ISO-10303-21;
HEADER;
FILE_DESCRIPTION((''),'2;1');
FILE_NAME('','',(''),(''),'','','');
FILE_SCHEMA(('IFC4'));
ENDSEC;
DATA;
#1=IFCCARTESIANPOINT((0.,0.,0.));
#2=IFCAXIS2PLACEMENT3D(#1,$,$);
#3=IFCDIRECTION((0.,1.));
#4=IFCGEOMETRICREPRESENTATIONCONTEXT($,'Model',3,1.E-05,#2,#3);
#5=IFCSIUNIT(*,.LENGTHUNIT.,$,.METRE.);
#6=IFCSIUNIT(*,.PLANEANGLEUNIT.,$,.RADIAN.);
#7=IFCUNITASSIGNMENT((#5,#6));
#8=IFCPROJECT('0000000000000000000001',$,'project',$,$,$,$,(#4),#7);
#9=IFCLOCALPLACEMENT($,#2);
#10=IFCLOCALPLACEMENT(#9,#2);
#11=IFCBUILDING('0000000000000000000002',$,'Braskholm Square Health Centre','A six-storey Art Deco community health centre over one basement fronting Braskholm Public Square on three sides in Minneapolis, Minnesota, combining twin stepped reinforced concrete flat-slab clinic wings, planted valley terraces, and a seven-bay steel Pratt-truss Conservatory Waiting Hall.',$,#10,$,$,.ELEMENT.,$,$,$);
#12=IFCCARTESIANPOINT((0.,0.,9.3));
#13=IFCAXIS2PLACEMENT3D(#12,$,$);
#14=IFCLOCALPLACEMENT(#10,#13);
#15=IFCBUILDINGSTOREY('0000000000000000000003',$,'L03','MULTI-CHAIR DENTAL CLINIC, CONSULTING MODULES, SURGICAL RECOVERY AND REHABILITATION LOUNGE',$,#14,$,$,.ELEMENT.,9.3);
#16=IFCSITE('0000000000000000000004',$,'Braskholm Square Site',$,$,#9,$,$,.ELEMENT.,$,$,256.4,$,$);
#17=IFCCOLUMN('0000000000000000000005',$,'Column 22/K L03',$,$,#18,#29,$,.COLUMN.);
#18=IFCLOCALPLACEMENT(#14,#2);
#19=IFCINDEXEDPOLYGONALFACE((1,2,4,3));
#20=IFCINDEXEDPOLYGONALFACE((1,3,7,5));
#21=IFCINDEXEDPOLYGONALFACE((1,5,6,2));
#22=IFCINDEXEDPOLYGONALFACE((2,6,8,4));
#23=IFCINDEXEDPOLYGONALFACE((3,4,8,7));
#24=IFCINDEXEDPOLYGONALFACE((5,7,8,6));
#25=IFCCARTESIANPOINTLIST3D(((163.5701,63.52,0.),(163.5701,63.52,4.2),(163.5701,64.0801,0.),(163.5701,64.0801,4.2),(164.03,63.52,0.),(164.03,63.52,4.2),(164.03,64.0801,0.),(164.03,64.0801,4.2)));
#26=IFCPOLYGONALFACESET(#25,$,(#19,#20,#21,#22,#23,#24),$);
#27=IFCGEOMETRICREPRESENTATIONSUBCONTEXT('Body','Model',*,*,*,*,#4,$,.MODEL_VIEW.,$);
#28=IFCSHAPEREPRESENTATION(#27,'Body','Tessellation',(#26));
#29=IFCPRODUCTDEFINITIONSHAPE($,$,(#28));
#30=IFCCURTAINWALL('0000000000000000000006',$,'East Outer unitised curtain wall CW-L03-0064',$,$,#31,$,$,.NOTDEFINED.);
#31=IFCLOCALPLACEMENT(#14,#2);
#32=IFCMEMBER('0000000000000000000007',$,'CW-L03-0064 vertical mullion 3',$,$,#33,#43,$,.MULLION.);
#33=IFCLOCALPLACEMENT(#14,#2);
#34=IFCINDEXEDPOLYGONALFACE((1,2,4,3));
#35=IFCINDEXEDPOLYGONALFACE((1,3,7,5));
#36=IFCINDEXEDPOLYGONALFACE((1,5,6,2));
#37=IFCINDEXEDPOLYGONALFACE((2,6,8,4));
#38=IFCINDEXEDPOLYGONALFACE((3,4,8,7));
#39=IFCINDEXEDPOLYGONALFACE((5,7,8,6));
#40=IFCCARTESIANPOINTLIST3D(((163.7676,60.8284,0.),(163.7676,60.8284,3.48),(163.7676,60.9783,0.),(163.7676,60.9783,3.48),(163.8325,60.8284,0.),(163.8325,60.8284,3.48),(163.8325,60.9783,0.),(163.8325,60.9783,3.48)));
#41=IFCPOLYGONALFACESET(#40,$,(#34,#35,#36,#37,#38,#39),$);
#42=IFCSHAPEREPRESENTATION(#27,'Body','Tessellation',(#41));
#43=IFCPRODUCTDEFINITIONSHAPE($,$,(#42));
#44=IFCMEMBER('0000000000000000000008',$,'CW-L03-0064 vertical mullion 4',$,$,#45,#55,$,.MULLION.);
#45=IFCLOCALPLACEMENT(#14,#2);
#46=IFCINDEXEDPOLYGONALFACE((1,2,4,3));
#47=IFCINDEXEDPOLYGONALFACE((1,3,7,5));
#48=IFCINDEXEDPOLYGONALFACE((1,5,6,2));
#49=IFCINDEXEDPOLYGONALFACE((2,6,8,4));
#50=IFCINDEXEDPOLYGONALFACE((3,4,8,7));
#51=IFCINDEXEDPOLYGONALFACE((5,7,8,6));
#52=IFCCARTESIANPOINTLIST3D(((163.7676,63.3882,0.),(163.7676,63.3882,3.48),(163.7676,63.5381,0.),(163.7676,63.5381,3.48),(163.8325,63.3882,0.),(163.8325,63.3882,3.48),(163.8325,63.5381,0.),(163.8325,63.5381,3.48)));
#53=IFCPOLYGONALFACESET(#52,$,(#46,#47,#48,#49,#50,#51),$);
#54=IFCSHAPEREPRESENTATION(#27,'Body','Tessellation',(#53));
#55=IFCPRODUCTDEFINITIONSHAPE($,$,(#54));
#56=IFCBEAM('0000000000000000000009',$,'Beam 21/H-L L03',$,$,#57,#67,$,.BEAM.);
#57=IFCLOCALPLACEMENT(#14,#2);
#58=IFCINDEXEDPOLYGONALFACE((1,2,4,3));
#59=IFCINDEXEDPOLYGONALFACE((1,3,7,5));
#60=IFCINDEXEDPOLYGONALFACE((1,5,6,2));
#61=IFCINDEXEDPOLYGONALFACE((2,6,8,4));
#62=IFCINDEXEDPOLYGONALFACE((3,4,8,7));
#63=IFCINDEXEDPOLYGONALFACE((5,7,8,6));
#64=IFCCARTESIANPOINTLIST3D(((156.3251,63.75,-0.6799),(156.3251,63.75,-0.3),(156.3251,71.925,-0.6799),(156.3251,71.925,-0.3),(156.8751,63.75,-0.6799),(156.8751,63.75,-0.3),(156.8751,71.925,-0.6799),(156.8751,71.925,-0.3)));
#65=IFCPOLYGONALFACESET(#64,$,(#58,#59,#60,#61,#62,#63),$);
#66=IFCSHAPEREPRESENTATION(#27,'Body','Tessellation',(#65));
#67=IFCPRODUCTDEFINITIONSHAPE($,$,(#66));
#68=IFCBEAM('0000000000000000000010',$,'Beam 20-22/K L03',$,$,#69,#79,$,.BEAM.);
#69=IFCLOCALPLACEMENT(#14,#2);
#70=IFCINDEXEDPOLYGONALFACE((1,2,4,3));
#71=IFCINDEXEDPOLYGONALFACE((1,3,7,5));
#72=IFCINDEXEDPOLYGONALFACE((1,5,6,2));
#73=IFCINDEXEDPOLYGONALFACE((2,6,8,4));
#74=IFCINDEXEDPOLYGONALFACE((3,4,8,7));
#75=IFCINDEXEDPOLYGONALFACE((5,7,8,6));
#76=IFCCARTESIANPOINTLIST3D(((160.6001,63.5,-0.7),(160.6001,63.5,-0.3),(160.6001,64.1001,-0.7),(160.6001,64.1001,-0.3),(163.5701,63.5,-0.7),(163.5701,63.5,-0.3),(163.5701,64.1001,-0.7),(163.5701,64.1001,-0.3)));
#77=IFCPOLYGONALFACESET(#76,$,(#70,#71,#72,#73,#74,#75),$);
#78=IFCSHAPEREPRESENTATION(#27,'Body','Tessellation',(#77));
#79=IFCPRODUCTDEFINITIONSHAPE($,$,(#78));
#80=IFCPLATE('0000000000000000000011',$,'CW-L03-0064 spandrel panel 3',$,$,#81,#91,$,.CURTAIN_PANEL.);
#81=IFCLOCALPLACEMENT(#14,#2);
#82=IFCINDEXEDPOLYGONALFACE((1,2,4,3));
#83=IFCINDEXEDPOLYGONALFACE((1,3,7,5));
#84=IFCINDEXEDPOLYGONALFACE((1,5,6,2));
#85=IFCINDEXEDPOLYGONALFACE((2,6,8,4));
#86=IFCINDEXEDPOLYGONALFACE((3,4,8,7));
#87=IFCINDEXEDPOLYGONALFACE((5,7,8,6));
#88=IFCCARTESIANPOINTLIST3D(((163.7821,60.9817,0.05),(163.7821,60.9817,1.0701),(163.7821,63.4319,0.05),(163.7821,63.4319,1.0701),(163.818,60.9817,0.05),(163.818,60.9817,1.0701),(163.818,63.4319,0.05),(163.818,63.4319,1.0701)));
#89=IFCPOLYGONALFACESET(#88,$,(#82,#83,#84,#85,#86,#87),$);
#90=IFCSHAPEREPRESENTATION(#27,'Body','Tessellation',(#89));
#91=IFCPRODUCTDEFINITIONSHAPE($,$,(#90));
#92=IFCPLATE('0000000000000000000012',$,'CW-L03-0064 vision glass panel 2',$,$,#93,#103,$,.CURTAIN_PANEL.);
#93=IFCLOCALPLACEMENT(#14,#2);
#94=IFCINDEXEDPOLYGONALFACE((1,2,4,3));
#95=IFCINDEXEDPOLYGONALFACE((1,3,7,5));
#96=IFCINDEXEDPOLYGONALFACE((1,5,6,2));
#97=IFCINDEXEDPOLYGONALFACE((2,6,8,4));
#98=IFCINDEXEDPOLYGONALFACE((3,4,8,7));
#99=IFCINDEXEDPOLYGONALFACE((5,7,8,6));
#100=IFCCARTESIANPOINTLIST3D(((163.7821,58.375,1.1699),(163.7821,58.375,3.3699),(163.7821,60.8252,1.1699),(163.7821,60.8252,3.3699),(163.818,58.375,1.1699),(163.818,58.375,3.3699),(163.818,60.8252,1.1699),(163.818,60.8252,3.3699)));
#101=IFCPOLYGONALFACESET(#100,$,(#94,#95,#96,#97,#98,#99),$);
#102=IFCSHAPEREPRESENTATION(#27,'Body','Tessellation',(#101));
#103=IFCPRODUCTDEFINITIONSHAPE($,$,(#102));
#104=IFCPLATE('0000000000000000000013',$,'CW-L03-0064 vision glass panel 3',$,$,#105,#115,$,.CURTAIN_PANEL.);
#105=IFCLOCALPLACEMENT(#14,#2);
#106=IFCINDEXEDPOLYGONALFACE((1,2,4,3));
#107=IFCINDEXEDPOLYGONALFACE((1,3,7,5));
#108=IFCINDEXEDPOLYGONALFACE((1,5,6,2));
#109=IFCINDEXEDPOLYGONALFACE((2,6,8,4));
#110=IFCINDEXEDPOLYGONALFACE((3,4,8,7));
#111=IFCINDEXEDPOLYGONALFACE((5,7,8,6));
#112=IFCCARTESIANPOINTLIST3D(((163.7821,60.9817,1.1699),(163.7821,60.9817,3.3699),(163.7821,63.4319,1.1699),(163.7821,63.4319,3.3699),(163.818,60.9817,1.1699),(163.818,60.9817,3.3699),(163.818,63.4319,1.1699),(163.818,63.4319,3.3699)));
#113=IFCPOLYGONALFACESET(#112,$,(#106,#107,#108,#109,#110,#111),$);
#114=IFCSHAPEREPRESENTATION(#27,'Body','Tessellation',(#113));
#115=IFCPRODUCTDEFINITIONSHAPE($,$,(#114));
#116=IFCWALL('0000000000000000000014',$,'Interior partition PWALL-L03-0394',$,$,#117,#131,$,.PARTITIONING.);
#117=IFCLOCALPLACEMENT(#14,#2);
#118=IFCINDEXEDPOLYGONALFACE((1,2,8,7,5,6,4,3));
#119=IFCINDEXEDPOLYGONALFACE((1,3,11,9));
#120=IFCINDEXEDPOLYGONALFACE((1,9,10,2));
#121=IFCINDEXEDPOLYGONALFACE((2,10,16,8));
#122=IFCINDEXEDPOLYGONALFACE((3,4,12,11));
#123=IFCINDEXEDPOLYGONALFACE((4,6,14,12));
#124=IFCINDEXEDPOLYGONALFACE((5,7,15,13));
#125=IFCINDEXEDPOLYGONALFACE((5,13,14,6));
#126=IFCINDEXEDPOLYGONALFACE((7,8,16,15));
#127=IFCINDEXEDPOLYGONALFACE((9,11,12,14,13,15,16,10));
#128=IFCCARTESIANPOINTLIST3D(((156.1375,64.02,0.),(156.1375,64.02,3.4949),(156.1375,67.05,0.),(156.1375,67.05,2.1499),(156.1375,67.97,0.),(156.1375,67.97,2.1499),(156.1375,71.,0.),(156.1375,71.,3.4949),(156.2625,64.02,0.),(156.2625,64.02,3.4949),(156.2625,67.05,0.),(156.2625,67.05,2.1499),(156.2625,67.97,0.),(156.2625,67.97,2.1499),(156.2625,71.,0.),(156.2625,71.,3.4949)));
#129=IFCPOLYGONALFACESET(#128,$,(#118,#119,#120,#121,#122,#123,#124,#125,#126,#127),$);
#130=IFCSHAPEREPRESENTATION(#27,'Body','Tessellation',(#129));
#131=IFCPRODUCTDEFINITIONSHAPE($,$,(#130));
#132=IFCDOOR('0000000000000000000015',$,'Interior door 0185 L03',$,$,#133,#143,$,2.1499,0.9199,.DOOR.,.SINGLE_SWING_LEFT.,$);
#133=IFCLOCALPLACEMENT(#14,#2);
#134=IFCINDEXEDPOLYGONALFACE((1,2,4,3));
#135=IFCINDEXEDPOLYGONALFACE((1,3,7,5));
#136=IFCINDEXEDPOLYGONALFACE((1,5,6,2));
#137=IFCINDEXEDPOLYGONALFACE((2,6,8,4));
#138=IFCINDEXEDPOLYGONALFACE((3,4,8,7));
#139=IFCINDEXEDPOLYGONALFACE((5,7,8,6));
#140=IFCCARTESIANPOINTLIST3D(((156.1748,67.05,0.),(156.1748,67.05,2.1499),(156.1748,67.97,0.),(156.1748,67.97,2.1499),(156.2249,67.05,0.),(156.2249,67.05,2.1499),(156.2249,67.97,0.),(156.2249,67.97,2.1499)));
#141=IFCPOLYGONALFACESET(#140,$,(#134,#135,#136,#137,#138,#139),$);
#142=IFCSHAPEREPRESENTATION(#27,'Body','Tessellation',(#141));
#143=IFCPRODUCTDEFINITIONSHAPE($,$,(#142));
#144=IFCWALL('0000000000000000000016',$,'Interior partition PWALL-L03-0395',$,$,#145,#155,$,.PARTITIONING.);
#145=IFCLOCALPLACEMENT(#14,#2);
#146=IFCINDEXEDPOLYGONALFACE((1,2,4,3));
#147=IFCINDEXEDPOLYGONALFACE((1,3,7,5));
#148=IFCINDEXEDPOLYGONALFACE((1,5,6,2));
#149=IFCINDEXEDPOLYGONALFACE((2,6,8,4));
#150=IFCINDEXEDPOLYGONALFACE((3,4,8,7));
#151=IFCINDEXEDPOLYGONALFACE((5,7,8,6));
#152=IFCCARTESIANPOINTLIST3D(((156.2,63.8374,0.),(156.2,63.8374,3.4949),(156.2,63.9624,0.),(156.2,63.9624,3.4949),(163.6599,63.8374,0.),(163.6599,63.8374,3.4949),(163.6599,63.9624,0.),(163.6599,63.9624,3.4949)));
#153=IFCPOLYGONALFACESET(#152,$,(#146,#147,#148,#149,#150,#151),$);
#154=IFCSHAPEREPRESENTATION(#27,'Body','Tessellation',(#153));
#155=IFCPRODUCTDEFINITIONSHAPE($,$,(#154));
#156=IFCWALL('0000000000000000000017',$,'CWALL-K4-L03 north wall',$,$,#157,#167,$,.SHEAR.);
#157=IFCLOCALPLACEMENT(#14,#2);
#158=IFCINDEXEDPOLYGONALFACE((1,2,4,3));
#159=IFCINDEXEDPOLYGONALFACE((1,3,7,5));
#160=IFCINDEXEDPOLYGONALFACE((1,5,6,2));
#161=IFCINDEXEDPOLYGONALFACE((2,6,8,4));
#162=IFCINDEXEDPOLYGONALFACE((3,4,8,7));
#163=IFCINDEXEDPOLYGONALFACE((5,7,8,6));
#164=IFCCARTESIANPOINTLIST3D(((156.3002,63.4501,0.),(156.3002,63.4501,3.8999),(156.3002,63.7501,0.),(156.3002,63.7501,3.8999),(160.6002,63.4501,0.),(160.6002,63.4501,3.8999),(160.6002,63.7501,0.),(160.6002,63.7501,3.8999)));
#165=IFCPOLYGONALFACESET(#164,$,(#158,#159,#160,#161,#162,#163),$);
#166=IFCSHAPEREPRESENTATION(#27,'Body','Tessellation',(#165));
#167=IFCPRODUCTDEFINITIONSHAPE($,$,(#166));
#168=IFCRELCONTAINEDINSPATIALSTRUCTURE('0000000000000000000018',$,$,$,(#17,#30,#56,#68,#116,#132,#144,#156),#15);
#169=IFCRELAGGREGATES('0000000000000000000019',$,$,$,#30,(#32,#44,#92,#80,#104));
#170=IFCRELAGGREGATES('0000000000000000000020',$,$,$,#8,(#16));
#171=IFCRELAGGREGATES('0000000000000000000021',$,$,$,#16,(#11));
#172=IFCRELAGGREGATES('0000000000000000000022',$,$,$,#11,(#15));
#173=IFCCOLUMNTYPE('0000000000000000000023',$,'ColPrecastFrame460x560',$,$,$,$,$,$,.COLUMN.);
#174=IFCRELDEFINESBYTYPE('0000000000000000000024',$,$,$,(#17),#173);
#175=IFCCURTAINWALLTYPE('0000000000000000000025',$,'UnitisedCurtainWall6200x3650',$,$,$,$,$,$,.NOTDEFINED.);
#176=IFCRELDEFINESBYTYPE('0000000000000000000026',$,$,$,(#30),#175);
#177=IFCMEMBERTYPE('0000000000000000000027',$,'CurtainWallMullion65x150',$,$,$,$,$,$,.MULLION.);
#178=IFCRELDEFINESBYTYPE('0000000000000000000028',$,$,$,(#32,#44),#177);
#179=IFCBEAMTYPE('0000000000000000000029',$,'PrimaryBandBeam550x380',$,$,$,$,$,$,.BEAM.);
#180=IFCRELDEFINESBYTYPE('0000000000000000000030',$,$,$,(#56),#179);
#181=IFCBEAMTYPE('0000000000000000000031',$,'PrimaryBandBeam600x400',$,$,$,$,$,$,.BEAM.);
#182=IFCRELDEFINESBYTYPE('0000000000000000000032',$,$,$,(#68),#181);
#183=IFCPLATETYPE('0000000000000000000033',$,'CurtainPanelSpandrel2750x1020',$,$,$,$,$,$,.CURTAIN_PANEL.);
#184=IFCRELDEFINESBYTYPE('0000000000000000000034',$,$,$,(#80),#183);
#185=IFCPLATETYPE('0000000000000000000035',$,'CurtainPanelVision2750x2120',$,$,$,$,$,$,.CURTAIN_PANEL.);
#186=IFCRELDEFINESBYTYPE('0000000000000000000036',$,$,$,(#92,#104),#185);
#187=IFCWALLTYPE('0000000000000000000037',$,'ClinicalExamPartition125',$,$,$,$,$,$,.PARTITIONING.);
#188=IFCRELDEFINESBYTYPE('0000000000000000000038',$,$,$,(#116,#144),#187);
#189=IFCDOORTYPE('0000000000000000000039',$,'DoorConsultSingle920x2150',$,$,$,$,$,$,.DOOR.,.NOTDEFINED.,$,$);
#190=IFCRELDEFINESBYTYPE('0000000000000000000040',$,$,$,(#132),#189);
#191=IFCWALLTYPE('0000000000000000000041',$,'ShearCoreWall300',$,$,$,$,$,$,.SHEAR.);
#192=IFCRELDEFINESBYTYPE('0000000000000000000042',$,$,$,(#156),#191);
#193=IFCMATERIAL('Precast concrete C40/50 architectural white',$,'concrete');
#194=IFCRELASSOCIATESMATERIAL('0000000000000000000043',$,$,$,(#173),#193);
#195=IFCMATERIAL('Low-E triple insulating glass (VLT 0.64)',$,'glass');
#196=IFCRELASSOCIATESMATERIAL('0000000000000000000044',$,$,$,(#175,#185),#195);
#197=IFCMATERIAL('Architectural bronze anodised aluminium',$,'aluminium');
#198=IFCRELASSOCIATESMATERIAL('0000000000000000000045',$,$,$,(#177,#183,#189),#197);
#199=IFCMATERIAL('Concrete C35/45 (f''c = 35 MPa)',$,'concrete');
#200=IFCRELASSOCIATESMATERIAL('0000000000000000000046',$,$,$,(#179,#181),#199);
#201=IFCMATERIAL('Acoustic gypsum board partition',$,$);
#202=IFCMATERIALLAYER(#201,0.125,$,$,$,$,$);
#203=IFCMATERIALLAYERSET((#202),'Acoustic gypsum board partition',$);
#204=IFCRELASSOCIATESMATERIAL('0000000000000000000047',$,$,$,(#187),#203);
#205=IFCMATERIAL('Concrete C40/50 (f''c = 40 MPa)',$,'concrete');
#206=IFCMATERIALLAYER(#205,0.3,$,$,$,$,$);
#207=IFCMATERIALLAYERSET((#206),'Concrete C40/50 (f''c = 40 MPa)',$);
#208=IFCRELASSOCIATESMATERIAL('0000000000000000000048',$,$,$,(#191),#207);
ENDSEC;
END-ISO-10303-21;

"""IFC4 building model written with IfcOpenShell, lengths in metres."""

from ifc_helpers import new_model, si_unit, direction, frame, frame_2d, origin, origin_2d, place, context, subcontext, project, spatial, rectangle, extrude, material, layer, layer_set, material_profile, profile_set, type_object, element, fill, aggregate, save


model = new_model("IFC4")

# Units and contexts
model_context = context("Model", 3, precision=1e-05, world=origin(), true_north=direction((0.0, 1.0)))
body_context = subcontext(model_context, "Body", "Model", "MODEL_VIEW")
ifc_project = project(units=[si_unit("LENGTHUNIT", "METRE"), si_unit("PLANEANGLEUNIT", "RADIAN")], contexts=[model_context])

# Site, building, storey
site_placement = place(None, origin())
site = spatial("IfcSite", under=ifc_project, at=site_placement, Name="Braskholm Square Site", CompositionType="ELEMENT", RefElevation=256.4)
building_placement = place(site_placement, origin())
building = spatial("IfcBuilding", under=site, at=building_placement, Name="Braskholm Square Health Centre", Description="A six-storey Art Deco community health centre over one basement fronting Braskholm Public Square on three sides in Minneapolis, Minnesota, combining twin stepped reinforced concrete flat-slab clinic wings, planted valley terraces, and a seven-bay steel Pratt-truss Conservatory Waiting Hall.", CompositionType="ELEMENT")
storey_placement = place(building_placement, frame((0.0, 0.0, 9.3)))
storey = spatial("IfcBuildingStorey", under=building, at=storey_placement, Name="L03", Description="MULTI-CHAIR DENTAL CLINIC, CONSULTING MODULES, SURGICAL RECOVERY AND REHABILITATION LOUNGE", CompositionType="ELEMENT", Elevation=9.3)

# Column
ifc_material_1 = material(Name="Precast concrete C40/50 architectural white", Category="concrete")
ifc_material_profile_1 = material_profile(ifc_material_1, rectangle(XDim=0.46, YDim=0.5601, at=origin_2d()), Name="RC-460X560")
ifc_profile_set_1 = profile_set([ifc_material_profile_1], Name="Precast concrete C40/50 architectural white")
column_type = type_object("IfcColumnType", Name="ColPrecastFrame460x560", PredefinedType="COLUMN", material=ifc_profile_set_1)
column_placement = place(storey_placement, frame((163.8, 63.8, 0.0), z_axis=(0.0, 0.0, 1.0), x_axis=(1.0, 0.0, 0.0)))
element("IfcColumn", 1, at=column_placement, inside=storey, type_object=column_type, Name="Column 22/K L03", PredefinedType="COLUMN", context=body_context, shape_type="SweptSolid", body=[
    extrude(rectangle(XDim=0.46, YDim=0.5601, at=origin_2d()), origin(), (0.0, 0.0, 1.0), 4.2),
])

# Curtain wall, members
ifc_material_2 = material(Name="Low-E triple insulating glass (VLT 0.64)", Category="glass")
curtain_wall_type = type_object("IfcCurtainWallType", Name="UnitisedCurtainWall6200x3650", PredefinedType="NOTDEFINED", material=ifc_material_2)
curtain_wall_placement = place(storey_placement, origin())
curtain_wall = element("IfcCurtainWall", 2, at=curtain_wall_placement, inside=storey, type_object=curtain_wall_type, Name="East Outer unitised curtain wall CW-L03-0064", PredefinedType="NOTDEFINED")
ifc_material_3 = material(Name="Architectural bronze anodised aluminium", Category="aluminium")
ifc_material_profile_2 = material_profile(ifc_material_3, rectangle(XDim=0.0649, YDim=0.1499, at=origin_2d()), Name="ALU-65X150")
ifc_profile_set_2 = profile_set([ifc_material_profile_2], Name="Architectural bronze anodised aluminium")
member_type = type_object("IfcMemberType", Name="CurtainWallMullion65x150", PredefinedType="MULLION", material=ifc_profile_set_2)
member_1_placement = place(storey_placement, frame((163.8, 60.9033, 0.0), z_axis=(0.0, 0.0, 1.0), x_axis=(1.0, 0.0, 0.0)))
member_1 = element("IfcMember", 3, at=member_1_placement, type_object=member_type, Name="CW-L03-0064 vertical mullion 3", PredefinedType="MULLION", context=body_context, shape_type="SweptSolid", body=[
    extrude(rectangle(XDim=0.0649, YDim=0.1499, at=origin_2d()), origin(), (0.0, 0.0, 1.0), 3.48),
])
member_2_placement = place(storey_placement, frame((163.8, 63.4631, 0.0), z_axis=(0.0, 0.0, 1.0), x_axis=(1.0, 0.0, 0.0)))
member_2 = element("IfcMember", 4, at=member_2_placement, type_object=member_type, Name="CW-L03-0064 vertical mullion 4", PredefinedType="MULLION", context=body_context, shape_type="SweptSolid", body=[
    extrude(rectangle(XDim=0.0649, YDim=0.1499, at=origin_2d()), origin(), (0.0, 0.0, 1.0), 3.48),
])

# Beams
ifc_material_4 = material(Name="Concrete C35/45 (f'c = 35 MPa)", Category="concrete")
ifc_material_profile_3 = material_profile(ifc_material_4, rectangle(XDim=0.55, YDim=0.3799, at=origin_2d()), Name="RCB-550X380")
ifc_profile_set_3 = profile_set([ifc_material_profile_3], Name="Concrete C35/45 (f'c = 35 MPa)")
beam_type_1 = type_object("IfcBeamType", Name="PrimaryBandBeam550x380", PredefinedType="BEAM", material=ifc_profile_set_3)
beam_1_placement = place(storey_placement, frame((156.6001, 63.75, -0.49), z_axis=(0.0, 1.0, 0.0), x_axis=(-1.0, 0.0, 0.0)))
element("IfcBeam", 5, at=beam_1_placement, inside=storey, type_object=beam_type_1, Name="Beam 21/H-L L03", PredefinedType="BEAM", context=body_context, shape_type="SweptSolid", body=[
    extrude(rectangle(XDim=0.55, YDim=0.3799, at=origin_2d()), origin(), (0.0, 0.0, 1.0), 8.175),
])
ifc_material_profile_4 = material_profile(ifc_material_4, rectangle(XDim=0.6001, YDim=0.3999, at=origin_2d()), Name="RCB-600X400")
ifc_profile_set_4 = profile_set([ifc_material_profile_4], Name="Concrete C35/45 (f'c = 35 MPa)")
beam_type_2 = type_object("IfcBeamType", Name="PrimaryBandBeam600x400", PredefinedType="BEAM", material=ifc_profile_set_4)
beam_2_placement = place(storey_placement, frame((160.6001, 63.8, -0.5), z_axis=(1.0, 0.0, 0.0), x_axis=(0.0, 1.0, 0.0)))
element("IfcBeam", 6, at=beam_2_placement, inside=storey, type_object=beam_type_2, Name="Beam 20-22/K L03", PredefinedType="BEAM", context=body_context, shape_type="SweptSolid", body=[
    extrude(rectangle(XDim=0.6001, YDim=0.3999, at=origin_2d()), origin(), (0.0, 0.0, 1.0), 2.97),
])

# Plates
plate_type_1 = type_object("IfcPlateType", Name="CurtainPanelSpandrel2750x1020", PredefinedType="CURTAIN_PANEL", material=ifc_material_3)
plate_1_placement = place(storey_placement, frame((163.8, 62.2068, 0.05), z_axis=(0.0, 0.0, 1.0), x_axis=(0.0, 1.0, 0.0)))
plate_1 = element("IfcPlate", 7, at=plate_1_placement, type_object=plate_type_1, Name="CW-L03-0064 spandrel panel 3", PredefinedType="CURTAIN_PANEL", context=body_context, shape_type="SweptSolid", body=[
    extrude(rectangle(XDim=2.4502, YDim=0.0359, at=origin_2d()), origin(), (0.0, 0.0, 1.0), 1.02),
])
plate_type_2 = type_object("IfcPlateType", Name="CurtainPanelVision2750x2120", PredefinedType="CURTAIN_PANEL", material=ifc_material_2)
plate_2_placement = place(storey_placement, frame((163.8, 59.6001, 1.1699), z_axis=(0.0, 0.0, 1.0), x_axis=(0.0, 1.0, 0.0)))
plate_2 = element("IfcPlate", 8, at=plate_2_placement, type_object=plate_type_2, Name="CW-L03-0064 vision glass panel 2", PredefinedType="CURTAIN_PANEL", context=body_context, shape_type="SweptSolid", body=[
    extrude(rectangle(XDim=2.4502, YDim=0.0359, at=origin_2d()), origin(), (0.0, 0.0, 1.0), 2.2),
])
plate_3_placement = place(storey_placement, frame((163.8, 62.2068, 1.1699), z_axis=(0.0, 0.0, 1.0), x_axis=(0.0, 1.0, 0.0)))
plate_3 = element("IfcPlate", 9, at=plate_3_placement, type_object=plate_type_2, Name="CW-L03-0064 vision glass panel 3", PredefinedType="CURTAIN_PANEL", context=body_context, shape_type="SweptSolid", body=[
    extrude(rectangle(XDim=2.4502, YDim=0.0359, at=origin_2d()), origin(), (0.0, 0.0, 1.0), 2.2),
])
aggregate(curtain_wall, [member_1, member_2, plate_2, plate_1, plate_3])

# Wall, opening, door
ifc_material_5 = material(Name="Acoustic gypsum board partition")
ifc_layer_1 = layer(ifc_material_5, 0.125)
ifc_layer_set_1 = layer_set([ifc_layer_1], Name="Acoustic gypsum board partition")
wall_type_1 = type_object("IfcWallType", Name="ClinicalExamPartition125", PredefinedType="PARTITIONING", material=ifc_layer_set_1)
wall_1_placement = place(storey_placement, frame((156.2, 64.02, 0.0), z_axis=(0.0, 0.0, 1.0), x_axis=(0.0, 1.0, 0.0)))
wall_1 = element("IfcWall", 10, at=wall_1_placement, inside=storey, type_object=wall_type_1, Name="Interior partition PWALL-L03-0394", PredefinedType="PARTITIONING", context=body_context, shape_type="SweptSolid", body=[
    extrude(rectangle(XDim=6.98, YDim=0.125, at=frame_2d((3.49, 0.0))), origin(), (0.0, 0.0, 1.0), 3.4949),
])
opening_1_placement = place(wall_1_placement, frame((3.03, 0.0, 0.0)))
opening_1 = element("IfcOpeningElement", 11, at=opening_1_placement, cuts=wall_1, PredefinedType="OPENING", context=body_context, shape_type="SweptSolid", body=[
    extrude(rectangle(XDim=0.9199, YDim=2.1499, at=frame_2d((0.46, 1.075))), frame((0.0, 0.0725, 0.0), z_axis=(0.0, -1.0, 0.0), x_axis=(1.0, 0.0, 0.0)), (0.0, 0.0, 1.0), 0.145),
])
door_type_1 = type_object("IfcDoorType", Name="DoorConsultSingle920x2150", OperationType="NOTDEFINED", PredefinedType="DOOR", material=ifc_material_3)
door_1_placement = place(opening_1_placement, frame((0.9199, 0.0, 0.0), z_axis=(0.0, 0.0, 1.0), x_axis=(-1.0, 0.0, 0.0)))
door_1 = element("IfcDoor", 12, at=door_1_placement, inside=storey, type_object=door_type_1, Name="Interior door 0185 L03", OperationType="SINGLE_SWING_LEFT", OverallHeight=2.1499, OverallWidth=0.9199, PredefinedType="DOOR", context=body_context, shape_type="SweptSolid", body=[
    extrude(rectangle(XDim=0.9199, YDim=2.1499, at=frame_2d((0.46, 1.075))), frame((0.0, 0.0249, 0.0), z_axis=(0.0, -1.0, 0.0), x_axis=(1.0, 0.0, 0.0)), (0.0, 0.0, 1.0), 0.05),
])
fill(opening_1, door_1)

# Walls
wall_2_placement = place(storey_placement, frame((156.2, 63.8999, 0.0), z_axis=(0.0, 0.0, 1.0), x_axis=(1.0, 0.0, 0.0)))
element("IfcWall", 13, at=wall_2_placement, inside=storey, type_object=wall_type_1, Name="Interior partition PWALL-L03-0395", PredefinedType="PARTITIONING", context=body_context, shape_type="SweptSolid", body=[
    extrude(rectangle(XDim=7.46, YDim=0.125, at=frame_2d((3.73, 0.0))), origin(), (0.0, 0.0, 1.0), 3.4949),
])
ifc_material_6 = material(Name="Concrete C40/50 (f'c = 40 MPa)", Category="concrete")
ifc_layer_2 = layer(ifc_material_6, 0.3)
ifc_layer_set_2 = layer_set([ifc_layer_2], Name="Concrete C40/50 (f'c = 40 MPa)")
wall_type_2 = type_object("IfcWallType", Name="ShearCoreWall300", PredefinedType="SHEAR", material=ifc_layer_set_2)
wall_3_placement = place(storey_placement, frame((160.6001, 63.6001, 0.0), z_axis=(0.0, 0.0, 1.0), x_axis=(-1.0, 0.0, 0.0)))
element("IfcWall", 14, at=wall_3_placement, inside=storey, type_object=wall_type_2, Name="CWALL-K4-L03 north wall", PredefinedType="SHEAR", context=body_context, shape_type="SweptSolid", body=[
    extrude(rectangle(XDim=4.3, YDim=0.3, at=frame_2d((2.1499, 0.0))), origin(), (0.0, 0.0, 1.0), 3.8999),
])

save(model, "model.ifc")
